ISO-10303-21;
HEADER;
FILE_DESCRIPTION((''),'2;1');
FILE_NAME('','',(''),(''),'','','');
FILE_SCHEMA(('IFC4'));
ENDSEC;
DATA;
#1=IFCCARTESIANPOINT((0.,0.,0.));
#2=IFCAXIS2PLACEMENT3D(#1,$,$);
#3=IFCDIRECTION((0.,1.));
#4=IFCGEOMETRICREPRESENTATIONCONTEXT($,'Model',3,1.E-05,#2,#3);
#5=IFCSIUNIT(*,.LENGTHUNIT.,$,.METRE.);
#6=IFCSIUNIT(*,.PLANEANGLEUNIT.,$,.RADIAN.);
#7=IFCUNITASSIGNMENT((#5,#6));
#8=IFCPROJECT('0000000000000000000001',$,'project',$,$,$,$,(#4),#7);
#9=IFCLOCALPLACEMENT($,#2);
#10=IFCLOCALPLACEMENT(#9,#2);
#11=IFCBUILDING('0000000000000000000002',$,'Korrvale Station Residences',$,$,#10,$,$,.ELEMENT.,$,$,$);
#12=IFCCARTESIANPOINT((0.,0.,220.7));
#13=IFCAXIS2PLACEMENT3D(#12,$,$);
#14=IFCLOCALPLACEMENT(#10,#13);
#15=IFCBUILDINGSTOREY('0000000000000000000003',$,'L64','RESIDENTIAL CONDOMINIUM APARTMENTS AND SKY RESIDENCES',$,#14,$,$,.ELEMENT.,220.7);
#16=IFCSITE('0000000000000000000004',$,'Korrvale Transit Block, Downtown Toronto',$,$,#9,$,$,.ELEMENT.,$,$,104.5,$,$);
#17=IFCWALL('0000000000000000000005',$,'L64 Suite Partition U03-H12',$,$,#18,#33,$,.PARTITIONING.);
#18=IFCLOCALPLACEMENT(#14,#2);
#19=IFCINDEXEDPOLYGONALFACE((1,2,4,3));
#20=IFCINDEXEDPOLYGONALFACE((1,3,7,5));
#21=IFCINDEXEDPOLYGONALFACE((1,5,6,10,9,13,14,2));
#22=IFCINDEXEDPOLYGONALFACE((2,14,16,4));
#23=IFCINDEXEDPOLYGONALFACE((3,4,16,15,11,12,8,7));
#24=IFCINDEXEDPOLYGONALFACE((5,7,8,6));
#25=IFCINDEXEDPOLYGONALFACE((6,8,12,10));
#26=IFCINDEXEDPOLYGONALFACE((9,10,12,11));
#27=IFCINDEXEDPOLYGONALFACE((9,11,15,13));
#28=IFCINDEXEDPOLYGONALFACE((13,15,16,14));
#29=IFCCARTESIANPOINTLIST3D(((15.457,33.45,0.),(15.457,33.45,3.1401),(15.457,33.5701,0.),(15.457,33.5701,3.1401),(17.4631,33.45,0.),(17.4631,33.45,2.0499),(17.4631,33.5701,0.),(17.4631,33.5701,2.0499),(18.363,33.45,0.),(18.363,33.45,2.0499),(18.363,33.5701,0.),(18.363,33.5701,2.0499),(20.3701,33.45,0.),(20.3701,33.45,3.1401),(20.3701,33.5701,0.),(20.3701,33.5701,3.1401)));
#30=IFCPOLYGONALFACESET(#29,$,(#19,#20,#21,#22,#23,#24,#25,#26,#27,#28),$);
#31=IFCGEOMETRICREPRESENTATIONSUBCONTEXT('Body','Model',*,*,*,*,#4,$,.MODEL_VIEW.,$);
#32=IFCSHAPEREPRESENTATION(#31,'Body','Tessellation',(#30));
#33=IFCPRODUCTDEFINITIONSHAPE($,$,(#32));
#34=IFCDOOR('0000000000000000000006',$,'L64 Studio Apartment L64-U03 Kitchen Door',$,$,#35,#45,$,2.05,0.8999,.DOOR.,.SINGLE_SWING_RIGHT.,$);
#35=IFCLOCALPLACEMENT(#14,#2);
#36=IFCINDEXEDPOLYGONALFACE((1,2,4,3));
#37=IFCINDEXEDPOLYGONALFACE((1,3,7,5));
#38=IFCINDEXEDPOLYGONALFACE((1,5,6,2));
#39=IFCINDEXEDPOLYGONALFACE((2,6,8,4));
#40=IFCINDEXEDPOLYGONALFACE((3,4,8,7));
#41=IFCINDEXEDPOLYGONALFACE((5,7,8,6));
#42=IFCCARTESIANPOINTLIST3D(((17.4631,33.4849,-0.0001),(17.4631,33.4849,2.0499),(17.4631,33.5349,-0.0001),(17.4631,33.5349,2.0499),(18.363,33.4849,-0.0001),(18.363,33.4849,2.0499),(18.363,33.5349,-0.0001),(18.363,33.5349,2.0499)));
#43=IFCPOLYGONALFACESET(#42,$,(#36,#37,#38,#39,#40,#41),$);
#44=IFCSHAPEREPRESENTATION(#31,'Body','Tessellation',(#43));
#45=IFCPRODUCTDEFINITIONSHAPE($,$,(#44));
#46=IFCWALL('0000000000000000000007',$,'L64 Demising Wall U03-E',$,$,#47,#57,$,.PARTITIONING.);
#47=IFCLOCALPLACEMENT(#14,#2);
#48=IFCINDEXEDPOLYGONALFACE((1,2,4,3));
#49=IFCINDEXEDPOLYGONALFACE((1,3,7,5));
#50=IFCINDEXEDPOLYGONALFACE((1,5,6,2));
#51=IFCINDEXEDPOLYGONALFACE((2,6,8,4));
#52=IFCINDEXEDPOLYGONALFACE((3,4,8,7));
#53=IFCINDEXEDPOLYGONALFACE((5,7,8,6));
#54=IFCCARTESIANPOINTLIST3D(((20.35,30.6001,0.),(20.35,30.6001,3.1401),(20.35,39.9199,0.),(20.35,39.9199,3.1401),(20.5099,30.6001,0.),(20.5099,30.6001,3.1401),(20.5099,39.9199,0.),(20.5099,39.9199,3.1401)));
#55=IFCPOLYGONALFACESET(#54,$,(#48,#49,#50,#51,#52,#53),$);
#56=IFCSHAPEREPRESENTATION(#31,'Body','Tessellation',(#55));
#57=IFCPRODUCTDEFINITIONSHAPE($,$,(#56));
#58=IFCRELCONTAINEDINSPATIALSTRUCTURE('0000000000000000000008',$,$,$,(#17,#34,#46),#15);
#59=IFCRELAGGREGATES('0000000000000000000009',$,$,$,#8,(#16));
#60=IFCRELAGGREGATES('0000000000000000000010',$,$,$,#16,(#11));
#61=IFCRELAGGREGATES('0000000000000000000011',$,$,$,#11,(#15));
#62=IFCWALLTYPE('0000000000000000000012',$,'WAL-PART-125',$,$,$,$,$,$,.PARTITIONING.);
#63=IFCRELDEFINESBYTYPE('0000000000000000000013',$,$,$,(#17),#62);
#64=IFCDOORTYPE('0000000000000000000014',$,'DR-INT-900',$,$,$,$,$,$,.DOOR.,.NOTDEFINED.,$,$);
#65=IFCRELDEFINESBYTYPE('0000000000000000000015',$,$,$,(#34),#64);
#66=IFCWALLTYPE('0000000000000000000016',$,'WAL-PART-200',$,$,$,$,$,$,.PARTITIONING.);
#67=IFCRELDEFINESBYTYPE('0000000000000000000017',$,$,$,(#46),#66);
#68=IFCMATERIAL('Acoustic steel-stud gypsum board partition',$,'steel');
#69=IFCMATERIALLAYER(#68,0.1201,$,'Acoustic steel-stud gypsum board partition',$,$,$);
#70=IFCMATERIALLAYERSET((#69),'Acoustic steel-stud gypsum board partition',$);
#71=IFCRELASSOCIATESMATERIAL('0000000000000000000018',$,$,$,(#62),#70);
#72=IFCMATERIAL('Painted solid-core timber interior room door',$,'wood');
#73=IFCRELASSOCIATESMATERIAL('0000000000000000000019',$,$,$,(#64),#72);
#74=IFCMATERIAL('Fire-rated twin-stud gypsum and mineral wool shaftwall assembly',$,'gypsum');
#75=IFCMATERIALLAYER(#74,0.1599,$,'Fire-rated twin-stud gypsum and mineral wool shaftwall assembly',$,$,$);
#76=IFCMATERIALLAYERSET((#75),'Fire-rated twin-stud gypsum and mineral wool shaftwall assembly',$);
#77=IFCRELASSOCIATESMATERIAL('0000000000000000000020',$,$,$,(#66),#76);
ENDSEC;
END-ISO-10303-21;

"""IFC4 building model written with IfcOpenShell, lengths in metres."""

from ifc_helpers import new_model, si_unit, direction, frame, frame_2d, origin, place, context, subcontext, project, spatial, rectangle, extrude, material, layer, layer_set, type_object, element, fill, save


model = new_model("IFC4")

# Units and contexts
model_context = context("Model", 3, precision=1e-05, world=origin(), true_north=direction((0.0, 1.0)))
body_context = subcontext(model_context, "Body", "Model", "MODEL_VIEW")
ifc_project = project(units=[si_unit("LENGTHUNIT", "METRE"), si_unit("PLANEANGLEUNIT", "RADIAN")], contexts=[model_context])

# Site, building, storey
site_placement = place(None, origin())
site = spatial("IfcSite", under=ifc_project, at=site_placement, Name="Korrvale Transit Block, Downtown Toronto", CompositionType="ELEMENT", RefElevation=104.5)
building_placement = place(site_placement, origin())
building = spatial("IfcBuilding", under=site, at=building_placement, Name="Korrvale Station Residences", CompositionType="ELEMENT")
storey_placement = place(building_placement, frame((0.0, 0.0, 220.7)))
storey = spatial("IfcBuildingStorey", under=building, at=storey_placement, Name="L64", Description="RESIDENTIAL CONDOMINIUM APARTMENTS AND SKY RESIDENCES", CompositionType="ELEMENT", Elevation=220.7)

# Wall, opening, door
ifc_material_1 = material(Name="Acoustic steel-stud gypsum board partition", Category="steel")
ifc_layer_1 = layer(ifc_material_1, 0.1201, Name="Acoustic steel-stud gypsum board partition")
ifc_layer_set_1 = layer_set([ifc_layer_1], Name="Acoustic steel-stud gypsum board partition")
wall_type_1 = type_object("IfcWallType", Name="WAL-PART-125", PredefinedType="PARTITIONING", material=ifc_layer_set_1)
wall_1_placement = place(storey_placement, frame((15.457, 33.51, 0.0), z_axis=(0.0, 0.0, 1.0), x_axis=(1.0, 0.0, 0.0)))
wall_1 = element("IfcWall", 1, at=wall_1_placement, inside=storey, type_object=wall_type_1, Name="L64 Suite Partition U03-H12", PredefinedType="PARTITIONING", context=body_context, shape_type="SweptSolid", body=[
    extrude(rectangle(XDim=4.9131, YDim=0.1201, at=frame_2d((2.4565, 0.0))), origin(), (0.0, 0.0, 1.0), 3.1401),
])
opening_1_placement = place(wall_1_placement, frame((2.0061, 0.0, 0.0)))
opening_1 = element("IfcOpeningElement", 2, at=opening_1_placement, cuts=wall_1, PredefinedType="OPENING", context=body_context, shape_type="SweptSolid", body=[
    extrude(rectangle(XDim=0.8999, YDim=2.05, at=frame_2d((0.45, 1.0249))), frame((0.0, 0.0701, 0.0), z_axis=(0.0, -1.0, 0.0), x_axis=(1.0, 0.0, 0.0)), (0.0, 0.0, 1.0), 0.1401),
])
ifc_material_2 = material(Name="Painted solid-core timber interior room door", Category="wood")
door_type_1 = type_object("IfcDoorType", Name="DR-INT-900", OperationType="NOTDEFINED", PredefinedType="DOOR", material=ifc_material_2)
door_1_placement = place(opening_1_placement, origin())
door_1 = element("IfcDoor", 3, at=door_1_placement, inside=storey, type_object=door_type_1, Name="L64 Studio Apartment L64-U03 Kitchen Door", OperationType="SINGLE_SWING_RIGHT", OverallHeight=2.05, OverallWidth=0.8999, PredefinedType="DOOR", context=body_context, shape_type="SweptSolid", body=[
    extrude(rectangle(XDim=0.8999, YDim=2.05, at=frame_2d((0.45, 1.0249))), frame((0.0, 0.0249, 0.0), z_axis=(0.0, -1.0, 0.0), x_axis=(1.0, 0.0, 0.0)), (0.0, 0.0, 1.0), 0.05),
])
fill(opening_1, door_1)

# Wall
ifc_material_3 = material(Name="Fire-rated twin-stud gypsum and mineral wool shaftwall assembly", Category="gypsum")
ifc_layer_2 = layer(ifc_material_3, 0.1599, Name="Fire-rated twin-stud gypsum and mineral wool shaftwall assembly")
ifc_layer_set_2 = layer_set([ifc_layer_2], Name="Fire-rated twin-stud gypsum and mineral wool shaftwall assembly")
wall_type_2 = type_object("IfcWallType", Name="WAL-PART-200", PredefinedType="PARTITIONING", material=ifc_layer_set_2)
wall_2_placement = place(storey_placement, frame((20.4299, 30.6001, 0.0), z_axis=(0.0, 0.0, 1.0), x_axis=(0.0, 1.0, 0.0)))
element("IfcWall", 4, at=wall_2_placement, inside=storey, type_object=wall_type_2, Name="L64 Demising Wall U03-E", PredefinedType="PARTITIONING", context=body_context, shape_type="SweptSolid", body=[
    extrude(rectangle(XDim=9.3198, YDim=0.1599, at=frame_2d((4.6599, 0.0))), origin(), (0.0, 0.0, 1.0), 3.1401),
])

save(model, "model.ifc")
